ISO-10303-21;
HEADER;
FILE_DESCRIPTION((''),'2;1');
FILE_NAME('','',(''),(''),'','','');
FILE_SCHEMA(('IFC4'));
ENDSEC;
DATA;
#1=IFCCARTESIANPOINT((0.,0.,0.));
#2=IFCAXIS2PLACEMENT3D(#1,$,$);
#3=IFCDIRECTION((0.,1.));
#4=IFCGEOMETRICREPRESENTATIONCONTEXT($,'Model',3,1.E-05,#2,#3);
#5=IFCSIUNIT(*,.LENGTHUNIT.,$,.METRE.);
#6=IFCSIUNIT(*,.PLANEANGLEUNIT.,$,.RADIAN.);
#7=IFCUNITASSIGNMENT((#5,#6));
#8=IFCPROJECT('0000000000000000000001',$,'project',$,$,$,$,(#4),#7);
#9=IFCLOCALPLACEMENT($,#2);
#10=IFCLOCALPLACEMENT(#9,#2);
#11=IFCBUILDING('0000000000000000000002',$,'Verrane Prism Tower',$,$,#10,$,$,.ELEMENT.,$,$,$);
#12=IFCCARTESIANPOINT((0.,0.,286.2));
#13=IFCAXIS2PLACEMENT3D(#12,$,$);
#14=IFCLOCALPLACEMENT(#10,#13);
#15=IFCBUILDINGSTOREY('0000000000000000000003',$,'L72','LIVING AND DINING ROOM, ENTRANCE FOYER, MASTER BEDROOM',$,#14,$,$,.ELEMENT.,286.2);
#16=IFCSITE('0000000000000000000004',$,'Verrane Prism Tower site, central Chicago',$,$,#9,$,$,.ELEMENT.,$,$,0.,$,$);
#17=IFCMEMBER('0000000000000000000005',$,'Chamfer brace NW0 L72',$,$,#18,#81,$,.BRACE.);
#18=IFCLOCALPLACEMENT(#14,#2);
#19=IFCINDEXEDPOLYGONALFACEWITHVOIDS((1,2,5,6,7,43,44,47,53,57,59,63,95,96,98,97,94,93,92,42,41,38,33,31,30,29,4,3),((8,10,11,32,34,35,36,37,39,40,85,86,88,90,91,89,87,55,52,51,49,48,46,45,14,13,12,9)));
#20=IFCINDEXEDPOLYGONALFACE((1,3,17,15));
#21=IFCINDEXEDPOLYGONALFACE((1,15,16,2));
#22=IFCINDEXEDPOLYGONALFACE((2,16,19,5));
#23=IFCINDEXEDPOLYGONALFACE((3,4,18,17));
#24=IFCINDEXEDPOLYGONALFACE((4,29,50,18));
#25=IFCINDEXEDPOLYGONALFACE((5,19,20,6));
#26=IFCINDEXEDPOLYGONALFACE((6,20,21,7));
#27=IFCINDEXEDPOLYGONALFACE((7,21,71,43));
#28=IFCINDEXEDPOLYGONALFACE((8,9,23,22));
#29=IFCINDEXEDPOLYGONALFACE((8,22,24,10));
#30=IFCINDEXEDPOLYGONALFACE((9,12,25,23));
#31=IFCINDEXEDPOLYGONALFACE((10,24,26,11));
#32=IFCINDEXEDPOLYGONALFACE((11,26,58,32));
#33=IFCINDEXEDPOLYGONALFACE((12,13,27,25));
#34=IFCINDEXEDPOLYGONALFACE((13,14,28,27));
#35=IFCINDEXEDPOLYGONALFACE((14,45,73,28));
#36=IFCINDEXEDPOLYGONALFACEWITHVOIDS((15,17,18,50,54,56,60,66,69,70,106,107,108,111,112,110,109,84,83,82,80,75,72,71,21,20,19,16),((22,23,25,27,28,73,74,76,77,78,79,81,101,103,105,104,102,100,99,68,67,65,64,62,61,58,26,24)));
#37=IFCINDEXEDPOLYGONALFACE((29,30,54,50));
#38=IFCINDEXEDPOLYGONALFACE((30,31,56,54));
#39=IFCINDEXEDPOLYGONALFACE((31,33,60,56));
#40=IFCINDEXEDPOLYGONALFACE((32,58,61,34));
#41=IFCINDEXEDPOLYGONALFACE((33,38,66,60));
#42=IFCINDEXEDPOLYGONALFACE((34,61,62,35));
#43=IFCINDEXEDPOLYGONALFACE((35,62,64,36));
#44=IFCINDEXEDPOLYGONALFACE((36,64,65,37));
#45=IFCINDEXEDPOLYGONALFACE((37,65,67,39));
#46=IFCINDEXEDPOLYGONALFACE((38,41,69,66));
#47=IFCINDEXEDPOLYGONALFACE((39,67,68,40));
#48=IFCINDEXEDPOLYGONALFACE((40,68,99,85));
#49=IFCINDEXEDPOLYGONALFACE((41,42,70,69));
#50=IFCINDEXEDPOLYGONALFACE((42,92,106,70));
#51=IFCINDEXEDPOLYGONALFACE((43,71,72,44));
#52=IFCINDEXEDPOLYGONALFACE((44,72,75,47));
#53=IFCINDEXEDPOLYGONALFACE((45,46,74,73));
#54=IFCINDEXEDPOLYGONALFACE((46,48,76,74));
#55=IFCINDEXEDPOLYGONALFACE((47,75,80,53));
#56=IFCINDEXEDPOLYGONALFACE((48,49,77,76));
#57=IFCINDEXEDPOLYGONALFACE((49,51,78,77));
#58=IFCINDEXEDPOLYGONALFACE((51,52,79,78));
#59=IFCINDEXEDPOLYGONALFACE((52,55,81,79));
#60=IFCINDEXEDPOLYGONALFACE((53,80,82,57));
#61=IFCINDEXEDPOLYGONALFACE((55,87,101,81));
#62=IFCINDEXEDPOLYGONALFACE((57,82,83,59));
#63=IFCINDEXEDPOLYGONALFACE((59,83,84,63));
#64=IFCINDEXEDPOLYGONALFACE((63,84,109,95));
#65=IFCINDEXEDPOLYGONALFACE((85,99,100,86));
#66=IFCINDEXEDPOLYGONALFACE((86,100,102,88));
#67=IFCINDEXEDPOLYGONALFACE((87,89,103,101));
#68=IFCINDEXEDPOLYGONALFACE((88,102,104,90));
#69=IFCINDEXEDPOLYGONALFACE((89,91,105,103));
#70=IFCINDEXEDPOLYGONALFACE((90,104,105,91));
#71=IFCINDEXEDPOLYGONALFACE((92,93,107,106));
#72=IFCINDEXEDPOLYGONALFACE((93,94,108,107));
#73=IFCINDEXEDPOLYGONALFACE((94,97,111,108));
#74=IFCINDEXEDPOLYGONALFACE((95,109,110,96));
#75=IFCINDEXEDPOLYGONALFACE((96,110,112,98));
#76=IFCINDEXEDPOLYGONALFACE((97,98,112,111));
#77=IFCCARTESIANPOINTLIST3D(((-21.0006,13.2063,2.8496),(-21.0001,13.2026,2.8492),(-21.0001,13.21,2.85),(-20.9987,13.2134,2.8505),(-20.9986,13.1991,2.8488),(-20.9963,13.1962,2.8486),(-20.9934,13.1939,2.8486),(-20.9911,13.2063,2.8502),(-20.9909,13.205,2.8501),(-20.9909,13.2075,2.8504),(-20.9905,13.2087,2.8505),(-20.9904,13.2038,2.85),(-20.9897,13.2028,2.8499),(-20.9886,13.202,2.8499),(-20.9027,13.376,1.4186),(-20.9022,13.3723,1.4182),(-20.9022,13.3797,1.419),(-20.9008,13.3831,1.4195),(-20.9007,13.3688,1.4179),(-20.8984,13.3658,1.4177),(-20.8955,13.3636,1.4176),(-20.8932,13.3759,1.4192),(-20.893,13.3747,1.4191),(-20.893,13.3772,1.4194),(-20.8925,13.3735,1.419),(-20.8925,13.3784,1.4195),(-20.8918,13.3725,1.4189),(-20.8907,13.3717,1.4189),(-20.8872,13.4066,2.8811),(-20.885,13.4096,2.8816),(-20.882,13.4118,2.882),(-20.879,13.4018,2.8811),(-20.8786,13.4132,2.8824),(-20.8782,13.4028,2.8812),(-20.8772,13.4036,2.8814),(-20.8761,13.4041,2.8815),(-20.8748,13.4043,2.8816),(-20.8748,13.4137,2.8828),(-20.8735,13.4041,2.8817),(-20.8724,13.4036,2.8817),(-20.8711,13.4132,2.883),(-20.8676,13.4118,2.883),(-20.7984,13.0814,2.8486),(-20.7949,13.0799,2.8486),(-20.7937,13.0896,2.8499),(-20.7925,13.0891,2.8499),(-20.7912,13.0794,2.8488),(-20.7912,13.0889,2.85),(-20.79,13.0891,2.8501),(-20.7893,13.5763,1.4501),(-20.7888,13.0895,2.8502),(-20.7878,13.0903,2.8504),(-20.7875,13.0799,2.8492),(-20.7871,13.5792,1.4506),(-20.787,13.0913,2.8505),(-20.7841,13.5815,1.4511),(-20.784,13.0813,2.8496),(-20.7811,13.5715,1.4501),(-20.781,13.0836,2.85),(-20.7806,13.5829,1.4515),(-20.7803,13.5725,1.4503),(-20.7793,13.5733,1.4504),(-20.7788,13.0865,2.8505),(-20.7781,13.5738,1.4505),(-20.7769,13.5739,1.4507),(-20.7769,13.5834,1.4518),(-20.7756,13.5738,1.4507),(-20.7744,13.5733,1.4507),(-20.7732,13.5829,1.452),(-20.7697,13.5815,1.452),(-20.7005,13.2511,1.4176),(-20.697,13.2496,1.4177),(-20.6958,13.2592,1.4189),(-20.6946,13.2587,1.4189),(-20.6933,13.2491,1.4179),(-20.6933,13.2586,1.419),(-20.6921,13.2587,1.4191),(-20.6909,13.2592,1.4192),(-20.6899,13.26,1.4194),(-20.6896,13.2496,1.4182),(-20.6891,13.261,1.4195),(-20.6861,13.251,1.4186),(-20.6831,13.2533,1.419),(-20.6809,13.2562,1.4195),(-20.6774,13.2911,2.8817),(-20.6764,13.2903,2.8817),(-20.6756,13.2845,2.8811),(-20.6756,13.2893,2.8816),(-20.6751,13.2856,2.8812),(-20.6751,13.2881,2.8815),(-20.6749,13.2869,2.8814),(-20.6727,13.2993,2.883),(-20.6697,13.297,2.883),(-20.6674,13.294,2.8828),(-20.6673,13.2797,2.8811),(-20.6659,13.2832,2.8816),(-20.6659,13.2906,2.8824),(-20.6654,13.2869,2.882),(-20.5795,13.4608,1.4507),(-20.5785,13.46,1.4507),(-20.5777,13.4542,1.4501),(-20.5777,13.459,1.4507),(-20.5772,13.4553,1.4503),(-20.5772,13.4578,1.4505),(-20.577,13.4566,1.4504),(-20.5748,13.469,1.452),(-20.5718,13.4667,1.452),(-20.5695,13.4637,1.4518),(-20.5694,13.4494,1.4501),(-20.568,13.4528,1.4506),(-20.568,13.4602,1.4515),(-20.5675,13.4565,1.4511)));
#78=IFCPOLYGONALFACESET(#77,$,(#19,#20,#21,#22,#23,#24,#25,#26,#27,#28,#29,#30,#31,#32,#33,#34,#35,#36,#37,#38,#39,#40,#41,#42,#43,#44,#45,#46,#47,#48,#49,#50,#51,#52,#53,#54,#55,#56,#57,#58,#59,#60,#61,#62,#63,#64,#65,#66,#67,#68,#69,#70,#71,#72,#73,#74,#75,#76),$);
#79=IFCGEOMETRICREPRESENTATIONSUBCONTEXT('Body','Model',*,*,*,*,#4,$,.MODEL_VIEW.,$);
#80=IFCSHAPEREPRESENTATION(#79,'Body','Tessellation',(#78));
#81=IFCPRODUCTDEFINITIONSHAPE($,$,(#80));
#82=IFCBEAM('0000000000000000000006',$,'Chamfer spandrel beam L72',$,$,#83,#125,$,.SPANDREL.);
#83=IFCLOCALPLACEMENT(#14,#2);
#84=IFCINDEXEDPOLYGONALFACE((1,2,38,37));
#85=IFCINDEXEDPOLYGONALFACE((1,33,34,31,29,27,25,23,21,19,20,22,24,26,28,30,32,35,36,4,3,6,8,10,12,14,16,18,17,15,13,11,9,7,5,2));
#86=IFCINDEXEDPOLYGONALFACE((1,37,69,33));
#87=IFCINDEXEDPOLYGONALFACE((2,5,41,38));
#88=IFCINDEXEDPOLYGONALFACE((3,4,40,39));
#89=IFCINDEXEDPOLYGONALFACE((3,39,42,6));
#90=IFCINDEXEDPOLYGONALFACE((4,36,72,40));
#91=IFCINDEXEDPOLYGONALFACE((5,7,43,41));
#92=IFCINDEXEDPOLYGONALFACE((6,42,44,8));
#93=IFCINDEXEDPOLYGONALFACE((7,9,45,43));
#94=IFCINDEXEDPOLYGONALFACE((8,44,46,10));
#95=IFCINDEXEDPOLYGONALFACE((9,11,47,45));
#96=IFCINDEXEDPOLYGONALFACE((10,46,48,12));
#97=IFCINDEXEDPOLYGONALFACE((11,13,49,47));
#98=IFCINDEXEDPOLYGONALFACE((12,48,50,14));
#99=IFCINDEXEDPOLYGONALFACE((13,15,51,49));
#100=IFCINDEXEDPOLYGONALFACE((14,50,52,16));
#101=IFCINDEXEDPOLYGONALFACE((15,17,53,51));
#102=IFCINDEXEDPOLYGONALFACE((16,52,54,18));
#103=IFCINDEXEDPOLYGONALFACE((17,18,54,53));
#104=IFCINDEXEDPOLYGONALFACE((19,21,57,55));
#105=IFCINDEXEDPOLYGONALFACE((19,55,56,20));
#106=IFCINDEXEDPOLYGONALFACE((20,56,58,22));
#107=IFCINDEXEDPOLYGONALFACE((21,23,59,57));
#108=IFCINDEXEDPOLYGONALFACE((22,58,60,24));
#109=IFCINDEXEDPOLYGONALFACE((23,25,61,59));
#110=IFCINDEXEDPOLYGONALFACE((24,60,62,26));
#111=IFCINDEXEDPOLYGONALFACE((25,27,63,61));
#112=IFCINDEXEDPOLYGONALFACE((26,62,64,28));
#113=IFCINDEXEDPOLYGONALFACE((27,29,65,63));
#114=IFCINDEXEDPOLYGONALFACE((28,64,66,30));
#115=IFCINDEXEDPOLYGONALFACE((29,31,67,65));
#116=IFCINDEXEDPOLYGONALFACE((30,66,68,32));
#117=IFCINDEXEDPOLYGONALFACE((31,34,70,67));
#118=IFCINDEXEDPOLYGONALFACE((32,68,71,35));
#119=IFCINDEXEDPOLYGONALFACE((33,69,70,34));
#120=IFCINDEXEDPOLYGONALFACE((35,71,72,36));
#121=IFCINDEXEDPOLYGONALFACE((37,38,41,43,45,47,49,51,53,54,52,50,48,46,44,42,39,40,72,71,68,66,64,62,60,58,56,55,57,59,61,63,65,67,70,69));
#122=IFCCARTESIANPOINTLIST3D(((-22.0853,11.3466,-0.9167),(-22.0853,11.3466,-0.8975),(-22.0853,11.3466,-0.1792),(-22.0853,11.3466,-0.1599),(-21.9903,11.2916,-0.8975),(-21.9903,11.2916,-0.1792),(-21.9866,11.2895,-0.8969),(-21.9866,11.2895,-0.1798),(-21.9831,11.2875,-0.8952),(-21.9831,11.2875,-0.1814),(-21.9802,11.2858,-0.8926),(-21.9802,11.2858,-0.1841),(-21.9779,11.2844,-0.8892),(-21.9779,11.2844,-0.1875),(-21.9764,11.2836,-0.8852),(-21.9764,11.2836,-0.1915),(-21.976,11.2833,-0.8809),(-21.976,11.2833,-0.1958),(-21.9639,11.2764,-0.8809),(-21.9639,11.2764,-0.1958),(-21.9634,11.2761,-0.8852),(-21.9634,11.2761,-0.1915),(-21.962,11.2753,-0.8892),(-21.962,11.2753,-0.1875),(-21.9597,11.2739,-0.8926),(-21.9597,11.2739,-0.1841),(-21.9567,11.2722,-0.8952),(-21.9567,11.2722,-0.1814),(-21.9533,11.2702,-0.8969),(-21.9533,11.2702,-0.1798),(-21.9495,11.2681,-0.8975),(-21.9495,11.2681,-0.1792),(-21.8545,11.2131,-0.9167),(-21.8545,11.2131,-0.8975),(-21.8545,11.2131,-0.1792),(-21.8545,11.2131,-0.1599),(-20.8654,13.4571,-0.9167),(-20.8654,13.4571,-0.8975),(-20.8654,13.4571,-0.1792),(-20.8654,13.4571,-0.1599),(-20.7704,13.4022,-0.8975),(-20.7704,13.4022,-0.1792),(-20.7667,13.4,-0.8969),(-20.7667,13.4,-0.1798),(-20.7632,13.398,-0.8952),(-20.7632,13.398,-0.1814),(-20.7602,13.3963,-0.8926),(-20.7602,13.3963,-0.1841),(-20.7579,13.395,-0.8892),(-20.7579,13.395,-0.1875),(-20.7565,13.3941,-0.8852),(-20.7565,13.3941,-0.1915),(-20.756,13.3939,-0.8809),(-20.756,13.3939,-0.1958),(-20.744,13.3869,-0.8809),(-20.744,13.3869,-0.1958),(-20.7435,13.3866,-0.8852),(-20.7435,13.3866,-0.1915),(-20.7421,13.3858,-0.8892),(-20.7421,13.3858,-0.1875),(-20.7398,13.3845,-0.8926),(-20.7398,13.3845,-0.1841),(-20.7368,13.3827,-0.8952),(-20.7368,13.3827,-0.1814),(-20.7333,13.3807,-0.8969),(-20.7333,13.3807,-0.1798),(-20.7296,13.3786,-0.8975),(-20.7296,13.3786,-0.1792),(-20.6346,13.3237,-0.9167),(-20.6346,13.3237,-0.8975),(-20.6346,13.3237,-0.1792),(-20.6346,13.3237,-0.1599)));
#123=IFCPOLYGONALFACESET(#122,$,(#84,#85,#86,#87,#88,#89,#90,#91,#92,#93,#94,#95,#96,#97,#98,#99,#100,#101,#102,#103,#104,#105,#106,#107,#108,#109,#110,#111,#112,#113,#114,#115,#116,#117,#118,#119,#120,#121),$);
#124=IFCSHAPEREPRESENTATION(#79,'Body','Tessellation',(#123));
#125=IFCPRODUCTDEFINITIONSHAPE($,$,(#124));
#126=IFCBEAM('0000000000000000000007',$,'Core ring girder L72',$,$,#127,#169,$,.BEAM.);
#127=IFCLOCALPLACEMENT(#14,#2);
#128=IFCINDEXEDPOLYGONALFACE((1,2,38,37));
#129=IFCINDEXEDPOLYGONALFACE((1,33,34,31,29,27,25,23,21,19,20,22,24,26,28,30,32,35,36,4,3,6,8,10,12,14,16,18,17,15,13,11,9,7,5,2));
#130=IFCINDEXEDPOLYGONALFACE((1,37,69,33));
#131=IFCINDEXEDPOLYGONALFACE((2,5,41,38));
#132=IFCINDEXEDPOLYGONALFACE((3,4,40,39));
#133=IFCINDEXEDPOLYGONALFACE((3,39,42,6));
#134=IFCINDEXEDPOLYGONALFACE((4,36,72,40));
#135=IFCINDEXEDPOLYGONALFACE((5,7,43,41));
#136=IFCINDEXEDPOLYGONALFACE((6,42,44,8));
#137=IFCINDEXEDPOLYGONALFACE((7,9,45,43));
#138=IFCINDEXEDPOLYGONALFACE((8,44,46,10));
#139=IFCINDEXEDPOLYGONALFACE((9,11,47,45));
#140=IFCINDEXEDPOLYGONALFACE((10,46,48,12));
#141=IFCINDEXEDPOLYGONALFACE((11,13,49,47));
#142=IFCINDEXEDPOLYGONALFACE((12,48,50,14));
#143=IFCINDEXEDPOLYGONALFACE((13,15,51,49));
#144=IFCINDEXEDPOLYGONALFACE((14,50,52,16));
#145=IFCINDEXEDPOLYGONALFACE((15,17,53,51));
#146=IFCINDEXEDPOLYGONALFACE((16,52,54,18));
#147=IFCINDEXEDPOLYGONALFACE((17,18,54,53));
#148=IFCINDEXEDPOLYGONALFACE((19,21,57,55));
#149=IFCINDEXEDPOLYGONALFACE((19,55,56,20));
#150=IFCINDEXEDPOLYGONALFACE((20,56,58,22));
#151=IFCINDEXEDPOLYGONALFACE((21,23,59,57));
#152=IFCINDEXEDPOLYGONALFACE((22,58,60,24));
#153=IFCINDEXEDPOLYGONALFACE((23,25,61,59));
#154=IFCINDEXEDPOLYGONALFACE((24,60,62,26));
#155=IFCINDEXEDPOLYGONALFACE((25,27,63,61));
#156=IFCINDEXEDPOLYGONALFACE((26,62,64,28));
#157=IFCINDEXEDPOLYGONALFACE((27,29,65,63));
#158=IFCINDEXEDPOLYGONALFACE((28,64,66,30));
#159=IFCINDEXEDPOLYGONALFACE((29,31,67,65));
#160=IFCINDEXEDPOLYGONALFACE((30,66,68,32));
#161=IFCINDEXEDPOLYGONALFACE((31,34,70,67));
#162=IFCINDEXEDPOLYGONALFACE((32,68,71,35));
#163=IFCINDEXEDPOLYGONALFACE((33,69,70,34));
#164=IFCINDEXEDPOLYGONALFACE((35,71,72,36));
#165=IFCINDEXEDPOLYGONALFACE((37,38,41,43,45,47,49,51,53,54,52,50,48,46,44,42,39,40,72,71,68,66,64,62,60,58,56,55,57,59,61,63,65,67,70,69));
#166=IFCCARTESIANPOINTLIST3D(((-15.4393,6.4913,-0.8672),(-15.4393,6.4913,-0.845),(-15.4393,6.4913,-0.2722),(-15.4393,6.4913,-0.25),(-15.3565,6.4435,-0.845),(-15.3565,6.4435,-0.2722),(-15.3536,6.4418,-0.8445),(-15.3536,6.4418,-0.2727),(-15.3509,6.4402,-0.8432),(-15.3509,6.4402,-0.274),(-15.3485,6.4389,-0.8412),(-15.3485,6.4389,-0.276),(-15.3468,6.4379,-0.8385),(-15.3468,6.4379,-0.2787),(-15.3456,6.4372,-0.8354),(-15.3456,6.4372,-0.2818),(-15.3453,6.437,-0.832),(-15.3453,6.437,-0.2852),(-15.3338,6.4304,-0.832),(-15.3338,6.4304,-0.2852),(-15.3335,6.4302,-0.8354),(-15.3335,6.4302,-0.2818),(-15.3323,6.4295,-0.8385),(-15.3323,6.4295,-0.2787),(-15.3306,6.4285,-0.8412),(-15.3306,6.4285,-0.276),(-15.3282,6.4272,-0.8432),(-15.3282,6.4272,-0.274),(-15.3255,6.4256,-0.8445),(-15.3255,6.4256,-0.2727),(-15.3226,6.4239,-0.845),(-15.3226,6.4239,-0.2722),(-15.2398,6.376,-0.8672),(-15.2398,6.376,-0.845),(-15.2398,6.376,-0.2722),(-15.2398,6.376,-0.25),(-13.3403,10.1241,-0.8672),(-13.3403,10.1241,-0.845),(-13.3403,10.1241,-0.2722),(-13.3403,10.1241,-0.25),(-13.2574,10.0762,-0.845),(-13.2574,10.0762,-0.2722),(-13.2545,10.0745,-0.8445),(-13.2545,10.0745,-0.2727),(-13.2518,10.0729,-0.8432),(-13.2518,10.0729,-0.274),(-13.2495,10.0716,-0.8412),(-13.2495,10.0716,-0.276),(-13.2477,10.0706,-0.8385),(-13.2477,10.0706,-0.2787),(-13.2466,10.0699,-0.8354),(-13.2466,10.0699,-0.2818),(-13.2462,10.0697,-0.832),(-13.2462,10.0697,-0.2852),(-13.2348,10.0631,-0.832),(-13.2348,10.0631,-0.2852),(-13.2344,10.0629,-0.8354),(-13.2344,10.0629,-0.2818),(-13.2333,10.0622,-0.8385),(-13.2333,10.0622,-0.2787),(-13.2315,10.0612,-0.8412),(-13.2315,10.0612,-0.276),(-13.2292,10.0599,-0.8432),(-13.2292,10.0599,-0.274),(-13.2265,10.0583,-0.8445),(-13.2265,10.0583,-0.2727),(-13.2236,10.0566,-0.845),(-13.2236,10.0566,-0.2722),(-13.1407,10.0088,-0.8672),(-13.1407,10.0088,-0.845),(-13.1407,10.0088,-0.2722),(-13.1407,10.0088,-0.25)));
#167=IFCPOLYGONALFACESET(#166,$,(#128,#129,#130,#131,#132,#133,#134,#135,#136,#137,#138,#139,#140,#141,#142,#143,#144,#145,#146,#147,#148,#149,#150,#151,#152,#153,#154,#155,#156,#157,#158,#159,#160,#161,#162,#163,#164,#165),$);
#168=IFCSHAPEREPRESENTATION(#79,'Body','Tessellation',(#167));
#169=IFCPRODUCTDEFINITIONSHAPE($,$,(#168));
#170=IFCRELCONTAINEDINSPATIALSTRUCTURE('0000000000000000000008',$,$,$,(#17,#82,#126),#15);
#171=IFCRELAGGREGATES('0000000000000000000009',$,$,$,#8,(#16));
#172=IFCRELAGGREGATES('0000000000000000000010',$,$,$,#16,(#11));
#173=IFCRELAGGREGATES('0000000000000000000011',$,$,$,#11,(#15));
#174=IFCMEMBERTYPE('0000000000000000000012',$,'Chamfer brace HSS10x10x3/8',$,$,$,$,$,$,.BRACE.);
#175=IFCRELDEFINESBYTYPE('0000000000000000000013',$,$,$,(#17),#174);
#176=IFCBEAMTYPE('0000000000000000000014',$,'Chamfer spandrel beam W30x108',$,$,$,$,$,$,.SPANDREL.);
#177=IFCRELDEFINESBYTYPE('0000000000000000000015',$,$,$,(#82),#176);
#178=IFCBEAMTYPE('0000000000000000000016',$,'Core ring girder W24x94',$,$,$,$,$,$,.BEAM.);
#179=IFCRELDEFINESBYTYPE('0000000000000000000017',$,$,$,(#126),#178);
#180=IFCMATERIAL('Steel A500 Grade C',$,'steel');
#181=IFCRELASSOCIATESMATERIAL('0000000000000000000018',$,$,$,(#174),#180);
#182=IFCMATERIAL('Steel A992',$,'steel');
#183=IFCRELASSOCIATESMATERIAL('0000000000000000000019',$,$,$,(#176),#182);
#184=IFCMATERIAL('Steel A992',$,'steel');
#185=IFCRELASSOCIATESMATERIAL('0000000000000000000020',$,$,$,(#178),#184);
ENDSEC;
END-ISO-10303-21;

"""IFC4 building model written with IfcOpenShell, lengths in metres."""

from ifc_helpers import new_model, si_unit, direction, frame, origin, origin_2d, place, context, subcontext, project, spatial, hollow_rectangle, i_section, extrude, material, material_profile, profile_set, type_object, element, save


model = new_model("IFC4")

# Units and contexts
model_context = context("Model", 3, precision=1e-05, world=origin(), true_north=direction((0.0, 1.0)))
body_context = subcontext(model_context, "Body", "Model", "MODEL_VIEW")
ifc_project = project(units=[si_unit("LENGTHUNIT", "METRE"), si_unit("PLANEANGLEUNIT", "RADIAN")], contexts=[model_context])

# Site, building, storey
site_placement = place(None, origin())
site = spatial("IfcSite", under=ifc_project, at=site_placement, Name="Verrane Prism Tower site, central Chicago", CompositionType="ELEMENT", RefElevation=0.0)
building_placement = place(site_placement, origin())
building = spatial("IfcBuilding", under=site, at=building_placement, Name="Verrane Prism Tower", CompositionType="ELEMENT")
storey_placement = place(building_placement, frame((0.0, 0.0, 286.2)))
storey = spatial("IfcBuildingStorey", under=building, at=storey_placement, Name="L72", Description="LIVING AND DINING ROOM, ENTRANCE FOYER, MASTER BEDROOM", CompositionType="ELEMENT", Elevation=286.2)

# Member
ifc_material_1 = material(Name="Steel A500 Grade C", Category="steel")
ifc_material_profile_1 = material_profile(ifc_material_1, hollow_rectangle(XDim=0.2539, YDim=0.2539, WallThickness=0.0095, InnerFilletRadius=0.0049, OuterFilletRadius=0.0144, at=origin_2d()), Name="HSS10x10x3/8")
ifc_profile_set_1 = profile_set([ifc_material_profile_1], Name="Steel A500 Grade C")
member_type_1 = type_object("IfcMemberType", Name="Chamfer brace HSS10x10x3/8", PredefinedType="BRACE", material=ifc_profile_set_1)
member_1_placement = place(storey_placement, frame((-20.7351, 13.4163, 1.4348), z_axis=(-0.067786, -0.117485, 0.990759), x_axis=(0.866165, -0.499758, 0.0)))
element("IfcMember", 1, at=member_1_placement, inside=storey, type_object=member_type_1, Name="Chamfer brace NW0 L72", PredefinedType="BRACE", context=body_context, shape_type="SweptSolid", body=[
    extrude(hollow_rectangle(XDim=0.2539, YDim=0.2539, WallThickness=0.0095, InnerFilletRadius=0.0049, OuterFilletRadius=0.0144, at=origin_2d()), origin(), (0.0, 0.0, 1.0), 1.4443),
])

# Beams
ifc_material_2 = material(Name="Steel A992", Category="steel")
ifc_material_profile_2 = material_profile(ifc_material_2, i_section(OverallWidth=0.2666, OverallDepth=0.7568, WebThickness=0.0139, FlangeThickness=0.0193, FilletRadius=0.0166, at=origin_2d()), Name="W30x108")
ifc_profile_set_2 = profile_set([ifc_material_profile_2], Name="Steel A992")
beam_type_1 = type_object("IfcBeamType", Name="Chamfer spandrel beam W30x108", PredefinedType="SPANDREL", material=ifc_profile_set_2)
beam_1_placement = place(storey_placement, frame((-20.75, 13.3904, -0.5383), z_axis=(-0.500436, -0.865773, 0.0), x_axis=(0.865773, -0.500436, 0.0)))
element("IfcBeam", 2, at=beam_1_placement, inside=storey, type_object=beam_type_1, Name="Chamfer spandrel beam L72", PredefinedType="SPANDREL", context=body_context, shape_type="SweptSolid", body=[
    extrude(i_section(OverallWidth=0.2666, OverallDepth=0.7568, WebThickness=0.0139, FlangeThickness=0.0193, FilletRadius=0.0166, at=origin_2d()), origin(), (0.0, 0.0, 1.0), 2.4377),
])
ifc_material_3 = material(Name="Steel A992", Category="steel")
ifc_material_profile_3 = material_profile(ifc_material_3, i_section(OverallWidth=0.2305, OverallDepth=0.6172, WebThickness=0.0132, FlangeThickness=0.0222, FilletRadius=0.0129, at=origin_2d()), Name="W24x94")
ifc_profile_set_3 = profile_set([ifc_material_profile_3], Name="Steel A992")
beam_type_2 = type_object("IfcBeamType", Name="Core ring girder W24x94", PredefinedType="BEAM", material=ifc_profile_set_3)
beam_2_placement = place(storey_placement, frame((-13.2405, 10.0664, -0.5586), z_axis=(-0.500307, -0.865848, 0.0), x_axis=(0.865848, -0.500307, 0.0)))
element("IfcBeam", 3, at=beam_2_placement, inside=storey, type_object=beam_type_2, Name="Core ring girder L72", PredefinedType="BEAM", context=body_context, shape_type="SweptSolid", body=[
    extrude(i_section(OverallWidth=0.2305, OverallDepth=0.6172, WebThickness=0.0132, FlangeThickness=0.0222, FilletRadius=0.0129, at=origin_2d()), origin(), (0.0, 0.0, 1.0), 4.1956),
])

save(model, "model.ifc")
